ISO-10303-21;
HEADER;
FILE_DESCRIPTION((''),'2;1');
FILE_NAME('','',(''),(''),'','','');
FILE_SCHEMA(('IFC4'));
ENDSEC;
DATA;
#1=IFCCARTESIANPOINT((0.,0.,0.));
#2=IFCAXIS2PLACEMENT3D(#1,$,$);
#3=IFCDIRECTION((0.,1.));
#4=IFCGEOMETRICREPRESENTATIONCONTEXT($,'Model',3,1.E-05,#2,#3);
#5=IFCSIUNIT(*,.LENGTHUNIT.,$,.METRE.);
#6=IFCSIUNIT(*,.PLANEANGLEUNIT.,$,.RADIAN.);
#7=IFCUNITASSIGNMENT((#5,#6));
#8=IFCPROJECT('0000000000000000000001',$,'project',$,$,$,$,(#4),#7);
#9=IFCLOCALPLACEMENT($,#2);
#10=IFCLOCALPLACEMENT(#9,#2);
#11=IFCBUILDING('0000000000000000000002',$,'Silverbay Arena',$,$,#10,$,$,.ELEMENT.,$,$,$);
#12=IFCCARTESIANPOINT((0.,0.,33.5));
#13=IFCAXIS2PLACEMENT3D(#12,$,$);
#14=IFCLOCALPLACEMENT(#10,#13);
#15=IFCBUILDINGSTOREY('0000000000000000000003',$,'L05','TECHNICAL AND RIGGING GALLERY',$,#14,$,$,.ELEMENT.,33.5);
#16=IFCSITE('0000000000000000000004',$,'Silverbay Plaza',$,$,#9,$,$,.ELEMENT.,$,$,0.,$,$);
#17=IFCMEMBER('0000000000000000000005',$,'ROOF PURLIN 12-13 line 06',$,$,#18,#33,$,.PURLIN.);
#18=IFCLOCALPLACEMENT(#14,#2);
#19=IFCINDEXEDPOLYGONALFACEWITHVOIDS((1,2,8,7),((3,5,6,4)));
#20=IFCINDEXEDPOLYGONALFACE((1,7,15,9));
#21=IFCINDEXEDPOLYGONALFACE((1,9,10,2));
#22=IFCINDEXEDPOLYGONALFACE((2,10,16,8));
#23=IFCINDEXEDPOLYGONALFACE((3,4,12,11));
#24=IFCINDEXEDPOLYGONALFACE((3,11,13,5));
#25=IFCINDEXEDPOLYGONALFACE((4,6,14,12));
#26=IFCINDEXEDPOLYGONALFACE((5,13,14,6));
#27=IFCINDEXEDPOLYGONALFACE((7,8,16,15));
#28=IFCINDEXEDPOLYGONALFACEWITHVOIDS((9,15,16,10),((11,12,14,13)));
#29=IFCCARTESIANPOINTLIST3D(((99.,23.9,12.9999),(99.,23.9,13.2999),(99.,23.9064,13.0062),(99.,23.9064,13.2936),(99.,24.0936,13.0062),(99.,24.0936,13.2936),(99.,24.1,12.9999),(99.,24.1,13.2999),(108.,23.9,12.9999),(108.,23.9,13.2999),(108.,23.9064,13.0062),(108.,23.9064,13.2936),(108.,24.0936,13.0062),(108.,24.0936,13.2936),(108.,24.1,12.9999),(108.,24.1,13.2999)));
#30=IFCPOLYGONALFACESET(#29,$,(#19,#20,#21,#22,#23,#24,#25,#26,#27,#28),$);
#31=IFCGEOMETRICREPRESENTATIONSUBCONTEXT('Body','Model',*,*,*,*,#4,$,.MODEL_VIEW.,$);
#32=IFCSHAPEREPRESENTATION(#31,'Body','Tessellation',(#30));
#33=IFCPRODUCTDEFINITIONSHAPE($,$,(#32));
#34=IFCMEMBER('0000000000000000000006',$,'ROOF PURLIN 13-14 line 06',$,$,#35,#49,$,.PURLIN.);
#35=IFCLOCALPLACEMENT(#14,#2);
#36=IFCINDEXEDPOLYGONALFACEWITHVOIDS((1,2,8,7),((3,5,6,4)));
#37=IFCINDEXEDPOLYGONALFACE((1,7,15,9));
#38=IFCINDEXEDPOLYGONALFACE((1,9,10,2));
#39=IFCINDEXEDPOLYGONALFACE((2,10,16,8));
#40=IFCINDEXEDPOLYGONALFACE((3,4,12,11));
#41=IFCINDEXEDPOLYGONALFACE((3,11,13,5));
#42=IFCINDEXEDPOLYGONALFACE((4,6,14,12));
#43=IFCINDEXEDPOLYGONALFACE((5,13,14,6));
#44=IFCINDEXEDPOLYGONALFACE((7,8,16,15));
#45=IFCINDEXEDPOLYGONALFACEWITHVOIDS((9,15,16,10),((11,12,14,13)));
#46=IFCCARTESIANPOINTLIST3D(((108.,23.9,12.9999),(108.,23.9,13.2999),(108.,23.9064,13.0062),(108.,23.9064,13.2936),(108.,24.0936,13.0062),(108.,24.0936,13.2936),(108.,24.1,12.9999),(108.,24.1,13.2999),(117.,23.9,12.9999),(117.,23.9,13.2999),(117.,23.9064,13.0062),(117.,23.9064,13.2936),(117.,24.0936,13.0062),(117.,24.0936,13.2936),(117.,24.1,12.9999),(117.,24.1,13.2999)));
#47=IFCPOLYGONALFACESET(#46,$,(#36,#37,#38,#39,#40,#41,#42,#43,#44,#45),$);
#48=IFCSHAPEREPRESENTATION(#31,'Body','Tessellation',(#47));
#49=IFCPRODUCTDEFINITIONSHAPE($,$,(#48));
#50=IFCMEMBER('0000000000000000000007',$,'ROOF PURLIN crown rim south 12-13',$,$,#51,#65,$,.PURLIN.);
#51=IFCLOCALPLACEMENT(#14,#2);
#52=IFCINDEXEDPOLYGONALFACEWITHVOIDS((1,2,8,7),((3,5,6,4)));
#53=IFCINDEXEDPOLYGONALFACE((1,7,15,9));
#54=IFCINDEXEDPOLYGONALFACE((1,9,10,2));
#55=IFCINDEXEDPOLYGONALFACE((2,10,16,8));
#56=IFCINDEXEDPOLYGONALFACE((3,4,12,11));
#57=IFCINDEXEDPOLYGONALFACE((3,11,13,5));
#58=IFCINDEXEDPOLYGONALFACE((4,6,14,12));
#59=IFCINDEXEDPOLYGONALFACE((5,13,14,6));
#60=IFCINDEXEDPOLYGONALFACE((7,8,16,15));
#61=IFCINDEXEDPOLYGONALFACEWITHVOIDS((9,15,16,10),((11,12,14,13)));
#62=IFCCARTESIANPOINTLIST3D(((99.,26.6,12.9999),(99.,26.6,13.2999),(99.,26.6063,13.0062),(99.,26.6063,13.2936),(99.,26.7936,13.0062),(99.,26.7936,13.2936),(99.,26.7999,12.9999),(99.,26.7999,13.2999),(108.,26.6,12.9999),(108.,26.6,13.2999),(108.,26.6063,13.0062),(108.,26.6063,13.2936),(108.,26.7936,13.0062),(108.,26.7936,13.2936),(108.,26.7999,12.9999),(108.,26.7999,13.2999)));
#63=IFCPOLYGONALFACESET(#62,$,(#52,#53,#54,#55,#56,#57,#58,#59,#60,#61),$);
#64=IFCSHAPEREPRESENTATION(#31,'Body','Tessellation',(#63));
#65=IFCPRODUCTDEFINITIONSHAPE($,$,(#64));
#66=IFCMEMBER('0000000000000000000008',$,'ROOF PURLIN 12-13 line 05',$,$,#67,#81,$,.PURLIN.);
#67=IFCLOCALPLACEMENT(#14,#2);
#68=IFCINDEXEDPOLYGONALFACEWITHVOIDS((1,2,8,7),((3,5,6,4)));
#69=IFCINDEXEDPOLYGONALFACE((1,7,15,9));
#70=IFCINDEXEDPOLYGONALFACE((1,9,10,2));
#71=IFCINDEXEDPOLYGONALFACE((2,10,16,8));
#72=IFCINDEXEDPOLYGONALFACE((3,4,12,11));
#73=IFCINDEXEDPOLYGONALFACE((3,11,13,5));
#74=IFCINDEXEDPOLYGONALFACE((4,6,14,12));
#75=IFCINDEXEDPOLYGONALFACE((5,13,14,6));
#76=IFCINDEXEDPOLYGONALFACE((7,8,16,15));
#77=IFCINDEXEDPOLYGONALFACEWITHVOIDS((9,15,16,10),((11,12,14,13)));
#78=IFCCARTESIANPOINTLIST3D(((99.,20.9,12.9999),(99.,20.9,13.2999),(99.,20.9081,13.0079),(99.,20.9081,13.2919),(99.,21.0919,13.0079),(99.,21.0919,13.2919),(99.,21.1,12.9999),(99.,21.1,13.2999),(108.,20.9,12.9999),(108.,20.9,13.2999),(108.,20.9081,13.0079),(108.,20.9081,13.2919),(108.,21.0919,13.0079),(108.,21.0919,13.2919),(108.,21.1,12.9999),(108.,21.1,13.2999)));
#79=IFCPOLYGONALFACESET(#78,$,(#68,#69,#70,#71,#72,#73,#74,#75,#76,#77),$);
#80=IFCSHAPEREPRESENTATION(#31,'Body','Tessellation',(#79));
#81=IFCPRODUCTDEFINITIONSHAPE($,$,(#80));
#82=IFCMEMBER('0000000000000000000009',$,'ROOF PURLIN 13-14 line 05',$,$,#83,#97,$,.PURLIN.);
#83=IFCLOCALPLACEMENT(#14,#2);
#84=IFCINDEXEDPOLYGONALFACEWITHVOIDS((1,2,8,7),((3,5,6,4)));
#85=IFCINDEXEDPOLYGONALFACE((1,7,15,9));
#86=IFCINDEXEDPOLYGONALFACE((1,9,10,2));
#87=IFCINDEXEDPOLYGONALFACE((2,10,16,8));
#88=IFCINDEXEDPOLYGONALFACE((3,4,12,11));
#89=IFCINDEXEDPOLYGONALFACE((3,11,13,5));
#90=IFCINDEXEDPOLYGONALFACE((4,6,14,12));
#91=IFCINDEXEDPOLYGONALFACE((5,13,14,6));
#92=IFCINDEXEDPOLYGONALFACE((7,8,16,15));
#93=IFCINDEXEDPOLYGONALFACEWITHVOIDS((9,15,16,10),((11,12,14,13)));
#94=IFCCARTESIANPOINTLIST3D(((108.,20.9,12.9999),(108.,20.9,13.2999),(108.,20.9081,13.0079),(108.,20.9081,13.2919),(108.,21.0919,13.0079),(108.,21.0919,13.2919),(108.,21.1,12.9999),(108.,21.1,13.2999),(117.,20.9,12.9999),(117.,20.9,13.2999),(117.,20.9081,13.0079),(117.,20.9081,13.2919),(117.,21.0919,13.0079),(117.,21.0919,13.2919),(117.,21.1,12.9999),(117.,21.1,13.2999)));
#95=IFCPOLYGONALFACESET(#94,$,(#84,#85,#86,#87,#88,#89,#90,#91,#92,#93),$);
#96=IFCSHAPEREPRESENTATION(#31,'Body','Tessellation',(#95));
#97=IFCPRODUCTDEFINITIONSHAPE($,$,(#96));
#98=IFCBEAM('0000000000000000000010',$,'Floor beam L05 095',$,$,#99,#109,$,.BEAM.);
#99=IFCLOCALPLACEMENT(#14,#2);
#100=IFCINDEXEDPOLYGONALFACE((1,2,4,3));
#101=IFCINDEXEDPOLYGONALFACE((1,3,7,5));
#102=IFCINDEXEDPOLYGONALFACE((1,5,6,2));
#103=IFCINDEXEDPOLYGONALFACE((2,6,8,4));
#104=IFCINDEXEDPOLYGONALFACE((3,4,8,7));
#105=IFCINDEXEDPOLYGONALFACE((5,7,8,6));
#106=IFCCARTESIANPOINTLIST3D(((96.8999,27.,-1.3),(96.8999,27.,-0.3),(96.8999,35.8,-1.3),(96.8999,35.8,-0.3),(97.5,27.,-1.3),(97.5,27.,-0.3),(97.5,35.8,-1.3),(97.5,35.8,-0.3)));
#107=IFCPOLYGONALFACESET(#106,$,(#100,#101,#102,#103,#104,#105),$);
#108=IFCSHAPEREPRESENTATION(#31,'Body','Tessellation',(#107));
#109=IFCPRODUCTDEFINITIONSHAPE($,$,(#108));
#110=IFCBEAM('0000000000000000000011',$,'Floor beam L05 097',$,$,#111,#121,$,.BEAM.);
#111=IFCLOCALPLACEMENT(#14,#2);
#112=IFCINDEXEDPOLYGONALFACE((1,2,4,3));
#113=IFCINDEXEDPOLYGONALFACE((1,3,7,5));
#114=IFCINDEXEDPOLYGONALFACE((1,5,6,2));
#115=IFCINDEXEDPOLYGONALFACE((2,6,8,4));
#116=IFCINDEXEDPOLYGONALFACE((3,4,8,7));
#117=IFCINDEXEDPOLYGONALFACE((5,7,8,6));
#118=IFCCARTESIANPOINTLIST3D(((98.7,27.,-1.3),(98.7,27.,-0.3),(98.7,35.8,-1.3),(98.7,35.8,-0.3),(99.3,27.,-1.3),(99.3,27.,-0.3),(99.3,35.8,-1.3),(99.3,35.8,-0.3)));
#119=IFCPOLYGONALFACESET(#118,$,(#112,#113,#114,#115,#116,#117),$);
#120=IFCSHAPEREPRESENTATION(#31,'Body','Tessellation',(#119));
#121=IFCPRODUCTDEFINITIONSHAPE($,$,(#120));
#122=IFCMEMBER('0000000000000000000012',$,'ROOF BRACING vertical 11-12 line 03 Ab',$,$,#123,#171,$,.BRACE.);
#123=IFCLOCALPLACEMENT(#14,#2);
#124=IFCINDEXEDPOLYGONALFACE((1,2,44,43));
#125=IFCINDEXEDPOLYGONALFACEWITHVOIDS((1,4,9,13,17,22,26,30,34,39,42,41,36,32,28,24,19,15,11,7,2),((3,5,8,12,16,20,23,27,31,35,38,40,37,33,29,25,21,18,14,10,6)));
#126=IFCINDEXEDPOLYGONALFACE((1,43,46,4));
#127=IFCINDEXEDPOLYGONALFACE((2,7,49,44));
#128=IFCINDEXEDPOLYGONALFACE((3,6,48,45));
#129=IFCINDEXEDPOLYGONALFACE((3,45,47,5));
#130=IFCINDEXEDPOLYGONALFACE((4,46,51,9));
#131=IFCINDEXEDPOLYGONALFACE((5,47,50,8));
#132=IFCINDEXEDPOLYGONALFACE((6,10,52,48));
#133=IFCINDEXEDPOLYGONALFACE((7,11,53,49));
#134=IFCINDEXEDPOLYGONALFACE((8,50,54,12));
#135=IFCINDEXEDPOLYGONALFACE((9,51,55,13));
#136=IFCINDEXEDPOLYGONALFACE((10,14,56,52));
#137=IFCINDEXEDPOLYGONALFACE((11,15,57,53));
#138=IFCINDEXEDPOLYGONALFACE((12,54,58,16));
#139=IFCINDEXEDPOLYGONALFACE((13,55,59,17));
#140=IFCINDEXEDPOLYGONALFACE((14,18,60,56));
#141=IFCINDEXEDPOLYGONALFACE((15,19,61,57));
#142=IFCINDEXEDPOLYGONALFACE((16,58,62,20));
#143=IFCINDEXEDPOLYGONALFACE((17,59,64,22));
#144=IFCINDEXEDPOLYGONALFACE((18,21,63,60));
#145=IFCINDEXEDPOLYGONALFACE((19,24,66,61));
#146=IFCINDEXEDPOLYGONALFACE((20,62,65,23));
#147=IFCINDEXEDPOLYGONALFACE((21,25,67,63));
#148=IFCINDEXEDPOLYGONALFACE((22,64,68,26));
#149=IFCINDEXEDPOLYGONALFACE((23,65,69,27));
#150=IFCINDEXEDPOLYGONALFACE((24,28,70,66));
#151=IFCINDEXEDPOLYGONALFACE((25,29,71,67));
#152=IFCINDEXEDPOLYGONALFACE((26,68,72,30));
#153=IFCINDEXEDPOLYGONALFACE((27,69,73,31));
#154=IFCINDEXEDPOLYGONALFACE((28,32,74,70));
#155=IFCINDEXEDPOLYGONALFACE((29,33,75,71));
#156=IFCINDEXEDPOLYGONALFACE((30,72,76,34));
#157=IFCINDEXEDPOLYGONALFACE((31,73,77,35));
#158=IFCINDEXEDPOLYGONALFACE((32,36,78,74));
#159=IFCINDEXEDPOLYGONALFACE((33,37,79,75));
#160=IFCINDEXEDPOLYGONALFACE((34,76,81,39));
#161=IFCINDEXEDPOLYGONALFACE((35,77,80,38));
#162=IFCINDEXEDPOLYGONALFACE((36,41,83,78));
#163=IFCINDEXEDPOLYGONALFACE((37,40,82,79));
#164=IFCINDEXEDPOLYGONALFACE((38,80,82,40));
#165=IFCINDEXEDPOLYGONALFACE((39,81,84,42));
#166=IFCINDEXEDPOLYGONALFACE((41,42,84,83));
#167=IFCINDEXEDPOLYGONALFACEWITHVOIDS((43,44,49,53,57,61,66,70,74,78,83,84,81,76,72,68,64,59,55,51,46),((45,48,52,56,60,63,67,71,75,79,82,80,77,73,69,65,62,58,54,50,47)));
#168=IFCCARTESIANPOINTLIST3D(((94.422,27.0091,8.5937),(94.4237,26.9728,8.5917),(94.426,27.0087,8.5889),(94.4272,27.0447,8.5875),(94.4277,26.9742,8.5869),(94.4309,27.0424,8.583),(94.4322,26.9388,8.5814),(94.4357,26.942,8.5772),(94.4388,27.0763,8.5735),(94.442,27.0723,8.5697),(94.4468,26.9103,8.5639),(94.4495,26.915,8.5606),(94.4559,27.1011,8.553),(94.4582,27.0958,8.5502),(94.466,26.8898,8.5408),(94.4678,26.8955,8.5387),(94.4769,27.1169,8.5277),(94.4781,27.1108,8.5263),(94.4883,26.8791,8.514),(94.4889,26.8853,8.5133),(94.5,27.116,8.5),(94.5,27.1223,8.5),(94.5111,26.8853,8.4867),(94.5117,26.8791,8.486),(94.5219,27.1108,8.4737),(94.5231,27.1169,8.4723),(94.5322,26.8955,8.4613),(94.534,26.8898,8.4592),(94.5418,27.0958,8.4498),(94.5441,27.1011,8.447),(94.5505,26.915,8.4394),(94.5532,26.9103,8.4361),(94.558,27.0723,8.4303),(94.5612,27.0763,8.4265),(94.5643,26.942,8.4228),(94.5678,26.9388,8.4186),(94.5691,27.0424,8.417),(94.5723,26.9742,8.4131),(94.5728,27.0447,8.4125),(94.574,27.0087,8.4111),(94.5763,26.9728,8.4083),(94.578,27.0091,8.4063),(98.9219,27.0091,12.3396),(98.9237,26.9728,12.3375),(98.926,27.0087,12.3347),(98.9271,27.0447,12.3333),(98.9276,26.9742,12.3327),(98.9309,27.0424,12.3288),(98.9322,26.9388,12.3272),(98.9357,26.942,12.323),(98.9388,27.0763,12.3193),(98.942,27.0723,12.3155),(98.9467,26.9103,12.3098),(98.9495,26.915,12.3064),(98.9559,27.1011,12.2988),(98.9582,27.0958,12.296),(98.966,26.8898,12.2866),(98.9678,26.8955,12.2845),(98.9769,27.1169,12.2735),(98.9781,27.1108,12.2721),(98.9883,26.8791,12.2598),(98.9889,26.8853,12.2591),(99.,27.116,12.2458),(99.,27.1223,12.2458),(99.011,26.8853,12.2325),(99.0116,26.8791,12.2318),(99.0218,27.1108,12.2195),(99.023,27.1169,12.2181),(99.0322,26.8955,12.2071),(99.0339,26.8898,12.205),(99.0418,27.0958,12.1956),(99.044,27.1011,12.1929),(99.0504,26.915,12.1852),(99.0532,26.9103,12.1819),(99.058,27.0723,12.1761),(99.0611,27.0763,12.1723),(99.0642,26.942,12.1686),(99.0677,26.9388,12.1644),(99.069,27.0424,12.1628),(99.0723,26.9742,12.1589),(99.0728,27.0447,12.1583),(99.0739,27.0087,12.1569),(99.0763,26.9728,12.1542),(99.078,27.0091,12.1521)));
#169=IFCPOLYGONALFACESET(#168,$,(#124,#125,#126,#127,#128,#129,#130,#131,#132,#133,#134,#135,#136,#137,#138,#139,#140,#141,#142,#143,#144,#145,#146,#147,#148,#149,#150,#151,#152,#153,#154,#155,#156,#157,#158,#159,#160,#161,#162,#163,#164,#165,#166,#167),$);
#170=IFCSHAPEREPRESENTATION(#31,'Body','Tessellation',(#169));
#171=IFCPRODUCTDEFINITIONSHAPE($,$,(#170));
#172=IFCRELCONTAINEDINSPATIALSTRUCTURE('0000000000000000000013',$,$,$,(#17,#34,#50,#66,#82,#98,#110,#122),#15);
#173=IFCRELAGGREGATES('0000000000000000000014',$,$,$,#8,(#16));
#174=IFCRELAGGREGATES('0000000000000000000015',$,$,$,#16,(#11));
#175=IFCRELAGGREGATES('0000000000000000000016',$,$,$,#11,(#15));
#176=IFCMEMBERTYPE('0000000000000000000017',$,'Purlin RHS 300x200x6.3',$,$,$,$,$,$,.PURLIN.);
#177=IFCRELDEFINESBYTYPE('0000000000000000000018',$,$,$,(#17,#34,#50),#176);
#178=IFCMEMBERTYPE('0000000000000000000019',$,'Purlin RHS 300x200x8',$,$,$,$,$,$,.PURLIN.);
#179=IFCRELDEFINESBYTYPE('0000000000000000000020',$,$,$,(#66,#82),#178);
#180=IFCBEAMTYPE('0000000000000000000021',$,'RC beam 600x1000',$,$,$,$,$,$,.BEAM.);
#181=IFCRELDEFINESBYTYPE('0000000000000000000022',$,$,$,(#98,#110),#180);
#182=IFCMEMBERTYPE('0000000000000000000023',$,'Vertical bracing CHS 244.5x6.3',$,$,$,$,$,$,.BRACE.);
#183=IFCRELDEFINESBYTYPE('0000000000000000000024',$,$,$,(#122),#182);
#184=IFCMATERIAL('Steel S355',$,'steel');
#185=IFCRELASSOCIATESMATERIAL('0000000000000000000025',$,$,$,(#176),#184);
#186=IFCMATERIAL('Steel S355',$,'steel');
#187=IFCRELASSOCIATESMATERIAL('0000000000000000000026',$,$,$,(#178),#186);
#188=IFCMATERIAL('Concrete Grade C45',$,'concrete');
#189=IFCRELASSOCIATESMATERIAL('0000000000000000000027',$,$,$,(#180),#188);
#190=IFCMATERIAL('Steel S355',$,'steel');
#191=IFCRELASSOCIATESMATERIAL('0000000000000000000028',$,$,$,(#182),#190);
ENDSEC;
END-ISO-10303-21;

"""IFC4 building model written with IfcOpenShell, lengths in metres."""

from ifc_helpers import new_model, si_unit, direction, frame, origin, origin_2d, place, context, subcontext, project, spatial, rectangle, hollow_rectangle, hollow_circle, extrude, material, material_profile, profile_set, type_object, element, save


model = new_model("IFC4")

# Units and contexts
model_context = context("Model", 3, precision=1e-05, world=origin(), true_north=direction((0.0, 1.0)))
body_context = subcontext(model_context, "Body", "Model", "MODEL_VIEW")
ifc_project = project(units=[si_unit("LENGTHUNIT", "METRE"), si_unit("PLANEANGLEUNIT", "RADIAN")], contexts=[model_context])

# Site, building, storey
site_placement = place(None, origin())
site = spatial("IfcSite", under=ifc_project, at=site_placement, Name="Silverbay Plaza", CompositionType="ELEMENT", RefElevation=0.0)
building_placement = place(site_placement, origin())
building = spatial("IfcBuilding", under=site, at=building_placement, Name="Silverbay Arena", CompositionType="ELEMENT")
storey_placement = place(building_placement, frame((0.0, 0.0, 33.5)))
storey = spatial("IfcBuildingStorey", under=building, at=storey_placement, Name="L05", Description="TECHNICAL AND RIGGING GALLERY", CompositionType="ELEMENT", Elevation=33.5)

# Members
ifc_material_1 = material(Name="Steel S355", Category="steel")
ifc_material_profile_1 = material_profile(ifc_material_1, hollow_rectangle(XDim=0.2, YDim=0.3, WallThickness=0.0063, at=origin_2d()), Name="RHS 300x200x6.3")
ifc_profile_set_1 = profile_set([ifc_material_profile_1], Name="Steel S355")
member_type_1 = type_object("IfcMemberType", Name="Purlin RHS 300x200x6.3", PredefinedType="PURLIN", material=ifc_profile_set_1)
for number, where, z_axis, x_axis, name in (
    (1, (99.0, 24.0, 13.1499), (1.0, 0.0, 0.0), (0.0, 1.0, 0.0), "ROOF PURLIN 12-13 line 06"),
    (2, (108.0, 24.0, 13.1499), (1.0, 0.0, 0.0), (0.0, 1.0, 0.0), "ROOF PURLIN 13-14 line 06"),
    (3, (99.0, 26.7, 13.1499), (1.0, 0.0, 0.0), (0.0, 1.0, 0.0), "ROOF PURLIN crown rim south 12-13"),
):
    element("IfcMember", number, at=place(storey_placement, frame(where, z_axis=z_axis, x_axis=x_axis)), inside=storey, type_object=member_type_1, Name=name, PredefinedType="PURLIN", context=body_context, shape_type="SweptSolid", body=[
        extrude(hollow_rectangle(XDim=0.2, YDim=0.3, WallThickness=0.0063, at=origin_2d()), origin(), (0.0, 0.0, 1.0), 9.0),
    ])
ifc_material_2 = material(Name="Steel S355", Category="steel")
ifc_material_profile_2 = material_profile(ifc_material_2, hollow_rectangle(XDim=0.2, YDim=0.3, WallThickness=0.0081, at=origin_2d()), Name="RHS 300x200x8")
ifc_profile_set_2 = profile_set([ifc_material_profile_2], Name="Steel S355")
member_type_2 = type_object("IfcMemberType", Name="Purlin RHS 300x200x8", PredefinedType="PURLIN", material=ifc_profile_set_2)
for number, where, z_axis, x_axis, name in (
    (4, (99.0, 21.0, 13.1499), (1.0, 0.0, 0.0), (0.0, 1.0, 0.0), "ROOF PURLIN 12-13 line 05"),
    (5, (108.0, 21.0, 13.1499), (1.0, 0.0, 0.0), (0.0, 1.0, 0.0), "ROOF PURLIN 13-14 line 05"),
):
    element("IfcMember", number, at=place(storey_placement, frame(where, z_axis=z_axis, x_axis=x_axis)), inside=storey, type_object=member_type_2, Name=name, PredefinedType="PURLIN", context=body_context, shape_type="SweptSolid", body=[
        extrude(hollow_rectangle(XDim=0.2, YDim=0.3, WallThickness=0.0081, at=origin_2d()), origin(), (0.0, 0.0, 1.0), 9.0),
    ])

# Beams
ifc_material_3 = material(Name="Concrete Grade C45", Category="concrete")
ifc_material_profile_3 = material_profile(ifc_material_3, rectangle(XDim=0.6001, YDim=1.0, at=origin_2d()), Name="RC 600x1000")
ifc_profile_set_3 = profile_set([ifc_material_profile_3], Name="Concrete Grade C45")
beam_type = type_object("IfcBeamType", Name="RC beam 600x1000", PredefinedType="BEAM", material=ifc_profile_set_3)
for number, where, z_axis, x_axis, name in (
    (6, (97.2, 27.0, -0.8), (0.0, 1.0, 0.0), (-1.0, 0.0, 0.0), "Floor beam L05 095"),
    (7, (99.0, 27.0, -0.8), (0.0, 1.0, 0.0), (-1.0, 0.0, 0.0), "Floor beam L05 097"),
):
    element("IfcBeam", number, at=place(storey_placement, frame(where, z_axis=z_axis, x_axis=x_axis)), inside=storey, type_object=beam_type, Name=name, PredefinedType="BEAM", context=body_context, shape_type="SweptSolid", body=[
        extrude(rectangle(XDim=0.6001, YDim=1.0, at=origin_2d()), origin(), (0.0, 0.0, 1.0), 8.8),
    ])

# Member
ifc_material_4 = material(Name="Steel S355", Category="steel")
ifc_material_profile_4 = material_profile(ifc_material_4, hollow_circle(Radius=0.1223, WallThickness=0.0063, at=origin_2d()), Name="CHS 244.5x6.3")
ifc_profile_set_4 = profile_set([ifc_material_profile_4], Name="Steel S355")
member_type_3 = type_object("IfcMemberType", Name="Vertical bracing CHS 244.5x6.3", PredefinedType="BRACE", material=ifc_profile_set_4)
for number, where, z_axis, x_axis, name in (
    (8, (94.5, 27.0, 8.5), (0.76857, 0.0, 0.639766), (0.0, 1.0, 0.0), "ROOF BRACING vertical 11-12 line 03 Ab"),
):
    element("IfcMember", number, at=place(storey_placement, frame(where, z_axis=z_axis, x_axis=x_axis)), inside=storey, type_object=member_type_3, Name=name, PredefinedType="BRACE", context=body_context, shape_type="SweptSolid", body=[
        extrude(hollow_circle(Radius=0.1223, WallThickness=0.0063, at=origin_2d()), origin(), (0.0, 0.0, 1.0), 5.855),
    ])

save(model, "model.ifc")
